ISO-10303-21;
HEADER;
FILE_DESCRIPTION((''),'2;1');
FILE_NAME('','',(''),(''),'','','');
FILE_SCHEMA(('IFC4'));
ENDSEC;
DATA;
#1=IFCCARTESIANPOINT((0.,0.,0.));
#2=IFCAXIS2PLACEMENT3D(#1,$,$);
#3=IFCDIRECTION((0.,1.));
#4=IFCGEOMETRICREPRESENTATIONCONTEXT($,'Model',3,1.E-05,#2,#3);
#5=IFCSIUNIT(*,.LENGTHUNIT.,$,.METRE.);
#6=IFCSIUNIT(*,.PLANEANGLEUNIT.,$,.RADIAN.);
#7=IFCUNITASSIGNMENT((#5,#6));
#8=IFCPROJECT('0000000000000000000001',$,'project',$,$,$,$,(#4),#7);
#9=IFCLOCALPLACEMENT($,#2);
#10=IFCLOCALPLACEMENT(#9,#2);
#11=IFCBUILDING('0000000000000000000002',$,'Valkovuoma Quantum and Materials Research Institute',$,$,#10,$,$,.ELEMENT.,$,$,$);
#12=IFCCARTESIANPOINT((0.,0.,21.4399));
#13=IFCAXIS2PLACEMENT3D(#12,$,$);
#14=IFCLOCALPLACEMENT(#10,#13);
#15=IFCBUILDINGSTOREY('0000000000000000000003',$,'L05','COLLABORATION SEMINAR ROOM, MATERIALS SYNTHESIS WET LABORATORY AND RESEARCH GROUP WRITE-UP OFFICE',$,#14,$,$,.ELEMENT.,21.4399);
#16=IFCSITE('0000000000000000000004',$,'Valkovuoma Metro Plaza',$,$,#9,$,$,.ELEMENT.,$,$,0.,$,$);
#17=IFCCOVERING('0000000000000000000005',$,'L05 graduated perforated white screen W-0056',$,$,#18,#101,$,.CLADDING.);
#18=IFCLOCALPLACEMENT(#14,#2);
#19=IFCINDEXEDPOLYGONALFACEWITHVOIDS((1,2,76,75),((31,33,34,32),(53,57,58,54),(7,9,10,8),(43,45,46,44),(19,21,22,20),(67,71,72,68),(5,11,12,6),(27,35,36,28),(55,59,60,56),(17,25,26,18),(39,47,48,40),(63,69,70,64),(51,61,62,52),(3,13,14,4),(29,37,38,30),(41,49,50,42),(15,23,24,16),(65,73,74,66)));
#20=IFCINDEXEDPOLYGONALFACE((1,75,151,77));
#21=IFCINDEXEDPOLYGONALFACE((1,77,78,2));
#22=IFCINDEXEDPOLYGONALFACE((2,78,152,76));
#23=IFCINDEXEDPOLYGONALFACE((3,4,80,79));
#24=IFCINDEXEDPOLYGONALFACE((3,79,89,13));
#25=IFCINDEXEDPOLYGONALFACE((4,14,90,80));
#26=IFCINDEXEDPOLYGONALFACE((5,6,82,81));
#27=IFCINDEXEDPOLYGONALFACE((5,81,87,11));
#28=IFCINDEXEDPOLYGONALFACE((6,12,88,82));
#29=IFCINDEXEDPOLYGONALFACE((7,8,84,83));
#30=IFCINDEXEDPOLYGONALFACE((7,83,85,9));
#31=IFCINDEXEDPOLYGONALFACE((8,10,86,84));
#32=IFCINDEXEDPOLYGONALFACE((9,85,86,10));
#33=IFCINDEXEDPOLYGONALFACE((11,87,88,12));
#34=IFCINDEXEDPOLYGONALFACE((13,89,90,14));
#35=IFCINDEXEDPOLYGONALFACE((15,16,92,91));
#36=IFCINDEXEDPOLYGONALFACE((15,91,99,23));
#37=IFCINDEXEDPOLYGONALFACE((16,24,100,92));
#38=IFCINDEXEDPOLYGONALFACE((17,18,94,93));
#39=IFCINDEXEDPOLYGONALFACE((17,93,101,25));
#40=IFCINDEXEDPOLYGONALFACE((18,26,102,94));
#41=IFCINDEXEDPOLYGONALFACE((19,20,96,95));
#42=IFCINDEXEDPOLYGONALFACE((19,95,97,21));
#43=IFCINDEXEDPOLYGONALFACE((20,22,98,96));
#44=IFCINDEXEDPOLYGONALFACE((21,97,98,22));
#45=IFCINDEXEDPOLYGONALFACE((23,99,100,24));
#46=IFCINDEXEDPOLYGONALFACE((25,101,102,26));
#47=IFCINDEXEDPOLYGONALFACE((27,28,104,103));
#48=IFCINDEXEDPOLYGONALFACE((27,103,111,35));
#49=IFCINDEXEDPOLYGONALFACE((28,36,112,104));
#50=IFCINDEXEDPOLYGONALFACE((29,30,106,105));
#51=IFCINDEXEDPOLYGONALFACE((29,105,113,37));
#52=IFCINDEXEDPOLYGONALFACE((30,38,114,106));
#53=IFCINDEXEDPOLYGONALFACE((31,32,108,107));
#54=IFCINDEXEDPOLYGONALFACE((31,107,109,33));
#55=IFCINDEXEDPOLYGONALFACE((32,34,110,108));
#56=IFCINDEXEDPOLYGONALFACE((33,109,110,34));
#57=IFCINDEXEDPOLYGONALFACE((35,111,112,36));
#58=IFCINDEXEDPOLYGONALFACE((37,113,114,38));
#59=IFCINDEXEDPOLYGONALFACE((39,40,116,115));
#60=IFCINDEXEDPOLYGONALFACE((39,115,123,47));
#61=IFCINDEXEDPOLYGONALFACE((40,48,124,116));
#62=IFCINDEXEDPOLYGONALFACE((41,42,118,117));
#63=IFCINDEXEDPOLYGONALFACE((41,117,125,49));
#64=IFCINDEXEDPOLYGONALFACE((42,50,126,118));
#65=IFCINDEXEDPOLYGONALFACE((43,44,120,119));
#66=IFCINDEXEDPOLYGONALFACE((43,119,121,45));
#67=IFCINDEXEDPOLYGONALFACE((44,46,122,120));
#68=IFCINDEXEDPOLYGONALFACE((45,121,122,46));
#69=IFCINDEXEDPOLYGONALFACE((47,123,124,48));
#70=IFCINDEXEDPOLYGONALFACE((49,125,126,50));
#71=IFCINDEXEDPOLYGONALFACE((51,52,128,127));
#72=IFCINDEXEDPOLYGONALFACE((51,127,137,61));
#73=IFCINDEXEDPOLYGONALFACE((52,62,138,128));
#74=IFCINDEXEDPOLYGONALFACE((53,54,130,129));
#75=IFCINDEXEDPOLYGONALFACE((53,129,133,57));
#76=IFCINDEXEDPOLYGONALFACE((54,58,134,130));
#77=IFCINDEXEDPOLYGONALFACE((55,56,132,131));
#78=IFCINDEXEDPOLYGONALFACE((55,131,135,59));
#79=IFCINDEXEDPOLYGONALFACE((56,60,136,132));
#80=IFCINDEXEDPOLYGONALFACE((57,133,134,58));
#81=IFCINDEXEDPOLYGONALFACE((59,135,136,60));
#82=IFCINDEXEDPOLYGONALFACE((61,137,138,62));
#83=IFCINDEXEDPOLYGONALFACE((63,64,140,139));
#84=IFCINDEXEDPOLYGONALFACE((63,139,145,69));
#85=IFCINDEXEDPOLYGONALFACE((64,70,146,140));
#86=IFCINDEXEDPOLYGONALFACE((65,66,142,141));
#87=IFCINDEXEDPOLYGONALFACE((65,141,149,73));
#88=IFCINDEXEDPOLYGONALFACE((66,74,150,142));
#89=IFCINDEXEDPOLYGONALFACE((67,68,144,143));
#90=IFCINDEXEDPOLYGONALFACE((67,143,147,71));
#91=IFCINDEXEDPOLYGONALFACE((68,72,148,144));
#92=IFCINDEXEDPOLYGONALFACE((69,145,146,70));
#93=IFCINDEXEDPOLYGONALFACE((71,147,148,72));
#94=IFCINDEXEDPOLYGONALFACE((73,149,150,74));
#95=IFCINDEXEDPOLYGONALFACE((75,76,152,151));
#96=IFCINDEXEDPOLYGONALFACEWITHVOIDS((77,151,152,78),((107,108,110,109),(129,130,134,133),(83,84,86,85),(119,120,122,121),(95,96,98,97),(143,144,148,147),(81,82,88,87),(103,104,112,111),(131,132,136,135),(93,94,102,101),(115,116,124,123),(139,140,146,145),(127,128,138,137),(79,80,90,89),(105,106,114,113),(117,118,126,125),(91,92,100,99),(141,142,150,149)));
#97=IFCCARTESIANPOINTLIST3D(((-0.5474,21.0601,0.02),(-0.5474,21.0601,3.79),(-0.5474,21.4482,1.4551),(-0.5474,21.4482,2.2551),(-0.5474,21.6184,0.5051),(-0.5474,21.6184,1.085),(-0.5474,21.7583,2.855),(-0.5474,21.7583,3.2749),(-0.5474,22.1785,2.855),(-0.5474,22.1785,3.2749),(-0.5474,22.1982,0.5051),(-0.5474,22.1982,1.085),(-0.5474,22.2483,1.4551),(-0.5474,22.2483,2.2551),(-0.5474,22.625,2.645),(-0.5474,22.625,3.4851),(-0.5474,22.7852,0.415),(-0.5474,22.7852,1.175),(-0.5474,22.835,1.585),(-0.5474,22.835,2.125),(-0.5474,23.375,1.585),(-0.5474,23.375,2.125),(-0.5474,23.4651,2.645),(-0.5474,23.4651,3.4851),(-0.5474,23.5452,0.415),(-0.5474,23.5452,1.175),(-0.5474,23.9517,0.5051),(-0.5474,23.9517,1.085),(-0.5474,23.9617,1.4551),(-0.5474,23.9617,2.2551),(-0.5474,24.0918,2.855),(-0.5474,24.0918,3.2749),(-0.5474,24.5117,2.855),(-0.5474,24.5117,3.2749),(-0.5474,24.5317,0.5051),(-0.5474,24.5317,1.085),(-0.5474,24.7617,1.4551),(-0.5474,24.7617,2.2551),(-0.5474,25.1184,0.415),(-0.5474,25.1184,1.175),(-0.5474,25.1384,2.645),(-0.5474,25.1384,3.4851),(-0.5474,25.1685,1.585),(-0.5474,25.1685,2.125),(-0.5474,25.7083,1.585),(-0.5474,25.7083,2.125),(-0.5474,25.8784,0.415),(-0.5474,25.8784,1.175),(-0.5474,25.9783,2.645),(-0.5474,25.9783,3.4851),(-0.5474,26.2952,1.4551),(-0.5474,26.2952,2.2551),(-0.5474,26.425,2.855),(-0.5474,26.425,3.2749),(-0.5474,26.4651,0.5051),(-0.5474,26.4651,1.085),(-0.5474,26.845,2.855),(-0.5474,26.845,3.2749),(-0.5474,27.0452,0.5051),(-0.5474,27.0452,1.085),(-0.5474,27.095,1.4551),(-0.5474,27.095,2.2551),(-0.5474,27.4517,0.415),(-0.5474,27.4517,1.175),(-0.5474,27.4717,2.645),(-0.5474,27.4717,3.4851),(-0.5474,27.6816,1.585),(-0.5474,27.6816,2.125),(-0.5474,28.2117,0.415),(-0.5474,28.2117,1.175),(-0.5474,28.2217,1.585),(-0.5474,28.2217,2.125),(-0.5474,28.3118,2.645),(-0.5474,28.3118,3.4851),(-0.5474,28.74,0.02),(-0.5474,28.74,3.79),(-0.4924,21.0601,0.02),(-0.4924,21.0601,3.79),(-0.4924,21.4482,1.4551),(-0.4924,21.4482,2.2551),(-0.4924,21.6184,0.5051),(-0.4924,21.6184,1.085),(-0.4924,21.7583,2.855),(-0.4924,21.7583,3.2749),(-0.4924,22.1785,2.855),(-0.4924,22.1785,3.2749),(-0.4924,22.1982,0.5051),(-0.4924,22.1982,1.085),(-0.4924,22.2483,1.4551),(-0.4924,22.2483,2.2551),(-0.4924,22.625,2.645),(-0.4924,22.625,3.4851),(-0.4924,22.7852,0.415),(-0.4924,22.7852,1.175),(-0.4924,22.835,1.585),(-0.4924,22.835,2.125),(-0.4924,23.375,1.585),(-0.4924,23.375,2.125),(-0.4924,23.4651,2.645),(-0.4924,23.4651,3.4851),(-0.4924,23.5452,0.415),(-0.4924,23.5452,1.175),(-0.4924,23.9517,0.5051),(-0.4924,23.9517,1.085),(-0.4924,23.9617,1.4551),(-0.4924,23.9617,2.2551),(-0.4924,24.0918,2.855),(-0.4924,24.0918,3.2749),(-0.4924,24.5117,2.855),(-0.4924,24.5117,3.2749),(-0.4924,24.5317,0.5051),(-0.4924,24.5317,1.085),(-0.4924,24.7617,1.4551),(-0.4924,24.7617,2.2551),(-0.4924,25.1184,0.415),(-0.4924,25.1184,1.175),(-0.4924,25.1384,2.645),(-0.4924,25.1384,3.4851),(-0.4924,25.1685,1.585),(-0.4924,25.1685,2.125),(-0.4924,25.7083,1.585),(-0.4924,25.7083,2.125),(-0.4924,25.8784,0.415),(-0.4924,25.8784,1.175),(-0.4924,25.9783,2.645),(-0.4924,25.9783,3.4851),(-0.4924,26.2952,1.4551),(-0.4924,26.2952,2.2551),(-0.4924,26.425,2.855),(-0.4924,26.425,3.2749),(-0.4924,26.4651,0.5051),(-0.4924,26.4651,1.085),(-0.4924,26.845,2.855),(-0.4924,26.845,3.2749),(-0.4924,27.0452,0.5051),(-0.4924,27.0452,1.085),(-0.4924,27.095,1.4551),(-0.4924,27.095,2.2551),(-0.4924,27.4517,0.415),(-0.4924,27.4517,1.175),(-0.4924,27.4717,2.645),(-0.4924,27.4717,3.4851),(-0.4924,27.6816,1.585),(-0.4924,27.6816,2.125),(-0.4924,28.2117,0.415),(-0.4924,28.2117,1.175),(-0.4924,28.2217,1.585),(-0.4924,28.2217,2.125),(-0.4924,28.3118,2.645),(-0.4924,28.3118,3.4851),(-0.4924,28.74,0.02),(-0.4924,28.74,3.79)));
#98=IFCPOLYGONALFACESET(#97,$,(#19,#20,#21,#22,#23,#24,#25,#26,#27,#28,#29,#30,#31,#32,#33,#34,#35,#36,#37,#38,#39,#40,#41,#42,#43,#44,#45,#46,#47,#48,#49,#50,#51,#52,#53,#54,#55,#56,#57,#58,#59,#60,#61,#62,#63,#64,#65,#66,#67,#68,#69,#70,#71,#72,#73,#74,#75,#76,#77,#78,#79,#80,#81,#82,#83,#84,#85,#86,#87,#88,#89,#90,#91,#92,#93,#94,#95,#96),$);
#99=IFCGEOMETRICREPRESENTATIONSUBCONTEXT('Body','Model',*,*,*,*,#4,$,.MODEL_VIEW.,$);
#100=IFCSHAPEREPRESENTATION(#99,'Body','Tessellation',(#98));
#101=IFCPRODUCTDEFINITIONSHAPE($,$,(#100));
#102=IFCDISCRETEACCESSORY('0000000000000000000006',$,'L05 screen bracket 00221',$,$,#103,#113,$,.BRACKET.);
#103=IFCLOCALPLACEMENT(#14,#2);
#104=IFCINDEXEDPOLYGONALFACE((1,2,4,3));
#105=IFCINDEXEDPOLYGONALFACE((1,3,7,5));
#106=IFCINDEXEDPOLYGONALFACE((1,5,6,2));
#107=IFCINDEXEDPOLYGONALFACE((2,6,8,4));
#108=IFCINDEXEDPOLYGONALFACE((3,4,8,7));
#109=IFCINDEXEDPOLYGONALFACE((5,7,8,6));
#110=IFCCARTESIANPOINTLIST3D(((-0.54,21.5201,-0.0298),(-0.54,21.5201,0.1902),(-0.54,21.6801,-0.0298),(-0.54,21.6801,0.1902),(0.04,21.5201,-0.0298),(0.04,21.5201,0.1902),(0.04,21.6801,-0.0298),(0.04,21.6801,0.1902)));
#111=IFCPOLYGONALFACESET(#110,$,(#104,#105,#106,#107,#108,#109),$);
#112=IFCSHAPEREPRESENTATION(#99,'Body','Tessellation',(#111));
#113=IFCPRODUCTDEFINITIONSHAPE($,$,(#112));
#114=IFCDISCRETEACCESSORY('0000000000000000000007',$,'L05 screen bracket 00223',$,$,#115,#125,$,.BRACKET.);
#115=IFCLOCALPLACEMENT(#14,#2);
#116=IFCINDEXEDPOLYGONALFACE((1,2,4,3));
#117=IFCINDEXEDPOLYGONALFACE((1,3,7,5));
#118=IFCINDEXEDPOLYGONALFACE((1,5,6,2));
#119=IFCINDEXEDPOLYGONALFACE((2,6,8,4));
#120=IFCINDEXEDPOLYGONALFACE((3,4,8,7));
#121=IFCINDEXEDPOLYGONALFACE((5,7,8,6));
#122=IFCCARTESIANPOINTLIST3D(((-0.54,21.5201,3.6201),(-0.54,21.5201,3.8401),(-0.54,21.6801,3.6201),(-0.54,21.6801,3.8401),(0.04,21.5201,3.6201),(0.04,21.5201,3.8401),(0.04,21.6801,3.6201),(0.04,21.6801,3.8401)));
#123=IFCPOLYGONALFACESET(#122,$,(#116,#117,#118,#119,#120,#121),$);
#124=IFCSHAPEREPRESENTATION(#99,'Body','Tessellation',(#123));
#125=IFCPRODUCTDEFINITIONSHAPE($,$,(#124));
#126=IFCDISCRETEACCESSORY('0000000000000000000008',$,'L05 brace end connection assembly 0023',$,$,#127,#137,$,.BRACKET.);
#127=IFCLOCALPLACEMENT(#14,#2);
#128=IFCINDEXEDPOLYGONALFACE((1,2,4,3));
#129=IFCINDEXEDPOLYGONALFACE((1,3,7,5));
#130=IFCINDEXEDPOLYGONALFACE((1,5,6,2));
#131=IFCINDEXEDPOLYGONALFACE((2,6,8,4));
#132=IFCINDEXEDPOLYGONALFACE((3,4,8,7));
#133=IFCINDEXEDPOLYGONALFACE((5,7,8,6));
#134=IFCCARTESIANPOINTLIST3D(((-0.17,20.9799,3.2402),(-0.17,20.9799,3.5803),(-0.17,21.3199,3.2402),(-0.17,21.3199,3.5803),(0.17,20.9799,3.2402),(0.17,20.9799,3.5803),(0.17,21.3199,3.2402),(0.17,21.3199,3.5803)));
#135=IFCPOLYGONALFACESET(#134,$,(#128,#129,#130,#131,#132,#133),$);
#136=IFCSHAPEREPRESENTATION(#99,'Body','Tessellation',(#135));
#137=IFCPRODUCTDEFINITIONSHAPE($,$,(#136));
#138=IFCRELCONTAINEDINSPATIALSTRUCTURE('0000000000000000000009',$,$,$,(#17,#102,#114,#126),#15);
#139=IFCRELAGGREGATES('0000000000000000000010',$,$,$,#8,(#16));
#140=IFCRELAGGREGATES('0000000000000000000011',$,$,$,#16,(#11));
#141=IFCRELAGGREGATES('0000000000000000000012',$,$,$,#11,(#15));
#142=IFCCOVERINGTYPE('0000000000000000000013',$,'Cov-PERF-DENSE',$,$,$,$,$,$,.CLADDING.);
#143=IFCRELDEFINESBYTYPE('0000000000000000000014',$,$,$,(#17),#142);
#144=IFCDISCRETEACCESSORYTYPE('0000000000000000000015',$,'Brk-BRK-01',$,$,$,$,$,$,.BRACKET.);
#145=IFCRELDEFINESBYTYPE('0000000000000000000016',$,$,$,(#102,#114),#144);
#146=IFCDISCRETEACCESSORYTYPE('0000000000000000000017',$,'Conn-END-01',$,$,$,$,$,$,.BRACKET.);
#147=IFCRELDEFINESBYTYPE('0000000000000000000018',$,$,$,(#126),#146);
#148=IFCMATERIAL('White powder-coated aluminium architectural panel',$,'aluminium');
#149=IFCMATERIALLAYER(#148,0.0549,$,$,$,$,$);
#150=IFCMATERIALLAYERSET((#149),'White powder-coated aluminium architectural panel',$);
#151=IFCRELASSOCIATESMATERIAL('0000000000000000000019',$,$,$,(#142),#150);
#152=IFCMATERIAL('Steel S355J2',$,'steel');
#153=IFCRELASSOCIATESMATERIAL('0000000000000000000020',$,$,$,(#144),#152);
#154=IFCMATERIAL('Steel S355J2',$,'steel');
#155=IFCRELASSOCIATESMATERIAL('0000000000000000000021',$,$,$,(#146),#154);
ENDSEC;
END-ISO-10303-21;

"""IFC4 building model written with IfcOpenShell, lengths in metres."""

from ifc_helpers import new_model, si_unit, direction, frame, origin, origin_2d, place, context, subcontext, project, spatial, polyline, rectangle, outline, extrude, material, layer, layer_set, type_object, element, save


model = new_model("IFC4")

# Units and contexts
model_context = context("Model", 3, precision=1e-05, world=origin(), true_north=direction((0.0, 1.0)))
body_context = subcontext(model_context, "Body", "Model", "MODEL_VIEW")
ifc_project = project(units=[si_unit("LENGTHUNIT", "METRE"), si_unit("PLANEANGLEUNIT", "RADIAN")], contexts=[model_context])

# Site, building, storey
site_placement = place(None, origin())
site = spatial("IfcSite", under=ifc_project, at=site_placement, Name="Valkovuoma Metro Plaza", CompositionType="ELEMENT", RefElevation=0.0)
building_placement = place(site_placement, origin())
building = spatial("IfcBuilding", under=site, at=building_placement, Name="Valkovuoma Quantum and Materials Research Institute", CompositionType="ELEMENT")
storey_placement = place(building_placement, frame((0.0, 0.0, 21.4399)))
storey = spatial("IfcBuildingStorey", under=building, at=storey_placement, Name="L05", Description="COLLABORATION SEMINAR ROOM, MATERIALS SYNTHESIS WET LABORATORY AND RESEARCH GROUP WRITE-UP OFFICE", CompositionType="ELEMENT", Elevation=21.4399)

# Covering
ifc_material_1 = material(Name="White powder-coated aluminium architectural panel", Category="aluminium")
ifc_layer_1 = layer(ifc_material_1, 0.0549)
ifc_layer_set_1 = layer_set([ifc_layer_1], Name="White powder-coated aluminium architectural panel")
covering_type = type_object("IfcCoveringType", Name="Cov-PERF-DENSE", PredefinedType="CLADDING", material=ifc_layer_set_1)
covering_placement = place(storey_placement, frame((-0.52, 21.0601, 0.02), z_axis=(0.0, 0.0, 1.0), x_axis=(0.0, 1.0, 0.0)))
element("IfcCovering", 1, at=covering_placement, inside=storey, type_object=covering_type, Name="L05 graduated perforated white screen W-0056", PredefinedType="CLADDING", context=body_context, shape_type="SweptSolid", body=[
    extrude(outline(polyline([(0.0, 0.0), (7.6799, 0.0), (7.6799, 3.77), (0.0, 3.77), (0.0, 0.0)]), holes=[polyline([(0.5583, 0.4851), (0.5583, 1.0649), (1.1382, 1.0649), (1.1382, 0.4851), (0.5583, 0.4851)]), polyline([(0.3882, 1.4351), (0.3882, 2.2351), (1.1882, 2.2351), (1.1882, 1.4351), (0.3882, 1.4351)]), polyline([(0.6982, 2.835), (0.6982, 3.2549), (1.1184, 3.2549), (1.1184, 2.835), (0.6982, 2.835)]), polyline([(1.7251, 0.395), (1.7251, 1.155), (2.4851, 1.155), (2.4851, 0.395), (1.7251, 0.395)]), polyline([(1.7749, 1.5649), (1.7749, 2.105), (2.3149, 2.105), (2.3149, 1.5649), (1.7749, 1.5649)]), polyline([(1.5649, 2.625), (1.5649, 3.4651), (2.405, 3.4651), (2.405, 2.625), (1.5649, 2.625)]), polyline([(2.8916, 0.4851), (2.8916, 1.0649), (3.4717, 1.0649), (3.4717, 0.4851), (2.8916, 0.4851)]), polyline([(2.9016, 1.4351), (2.9016, 2.2351), (3.7017, 2.2351), (3.7017, 1.4351), (2.9016, 1.4351)]), polyline([(3.0317, 2.835), (3.0317, 3.2549), (3.4517, 3.2549), (3.4517, 2.835), (3.0317, 2.835)]), polyline([(4.0583, 0.395), (4.0583, 1.155), (4.8184, 1.155), (4.8184, 0.395), (4.0583, 0.395)]), polyline([(4.1084, 1.5649), (4.1084, 2.105), (4.6482, 2.105), (4.6482, 1.5649), (4.1084, 1.5649)]), polyline([(4.0784, 2.625), (4.0784, 3.4651), (4.9182, 3.4651), (4.9182, 2.625), (4.0784, 2.625)]), polyline([(5.405, 0.4851), (5.405, 1.0649), (5.9851, 1.0649), (5.9851, 0.4851), (5.405, 0.4851)]), polyline([(5.2351, 1.4351), (5.2351, 2.2351), (6.0349, 2.2351), (6.0349, 1.4351), (5.2351, 1.4351)]), polyline([(5.365, 2.835), (5.365, 3.2549), (5.7849, 3.2549), (5.7849, 2.835), (5.365, 2.835)]), polyline([(6.3916, 0.395), (6.3916, 1.155), (7.1516, 1.155), (7.1516, 0.395), (6.3916, 0.395)]), polyline([(6.6216, 1.5649), (6.6216, 2.105), (7.1616, 2.105), (7.1616, 1.5649), (6.6216, 1.5649)]), polyline([(6.4116, 2.625), (6.4116, 3.4651), (7.2517, 3.4651), (7.2517, 2.625), (6.4116, 2.625)])]), frame((0.0, 0.0273, 0.0), z_axis=(0.0, -1.0, 0.0), x_axis=(1.0, 0.0, 0.0)), (0.0, 0.0, 1.0), 0.0549),
])

# Discrete accessories
ifc_material_2 = material(Name="Steel S355J2", Category="steel")
discrete_accessory_type_1 = type_object("IfcDiscreteAccessoryType", Name="Brk-BRK-01", PredefinedType="BRACKET", material=ifc_material_2)
for number, where, z_axis, x_axis, name in (
    (2, (-0.25, 21.6001, -0.0298), (0.0, 0.0, 1.0), (1.0, 0.0, 0.0), "L05 screen bracket 00221"),
    (3, (-0.25, 21.6001, 3.6201), (0.0, 0.0, 1.0), (1.0, 0.0, 0.0), "L05 screen bracket 00223"),
):
    element("IfcDiscreteAccessory", number, at=place(storey_placement, frame(where, z_axis=z_axis, x_axis=x_axis)), inside=storey, type_object=discrete_accessory_type_1, Name=name, PredefinedType="BRACKET", context=body_context, shape_type="SweptSolid", body=[
        extrude(rectangle(XDim=0.5801, YDim=0.1599, at=origin_2d()), origin(), (0.0, 0.0, 1.0), 0.22),
    ])
ifc_material_3 = material(Name="Steel S355J2", Category="steel")
discrete_accessory_type_2 = type_object("IfcDiscreteAccessoryType", Name="Conn-END-01", PredefinedType="BRACKET", material=ifc_material_3)
discrete_accessory_placement = place(storey_placement, frame((0.0, 21.1499, 3.2402), z_axis=(0.0, 0.0, 1.0), x_axis=(1.0, 0.0, 0.0)))
element("IfcDiscreteAccessory", 4, at=discrete_accessory_placement, inside=storey, type_object=discrete_accessory_type_2, Name="L05 brace end connection assembly 0023", PredefinedType="BRACKET", context=body_context, shape_type="SweptSolid", body=[
    extrude(rectangle(XDim=0.3401, YDim=0.3401, at=origin_2d()), origin(), (0.0, 0.0, 1.0), 0.3401),
])

save(model, "model.ifc")
